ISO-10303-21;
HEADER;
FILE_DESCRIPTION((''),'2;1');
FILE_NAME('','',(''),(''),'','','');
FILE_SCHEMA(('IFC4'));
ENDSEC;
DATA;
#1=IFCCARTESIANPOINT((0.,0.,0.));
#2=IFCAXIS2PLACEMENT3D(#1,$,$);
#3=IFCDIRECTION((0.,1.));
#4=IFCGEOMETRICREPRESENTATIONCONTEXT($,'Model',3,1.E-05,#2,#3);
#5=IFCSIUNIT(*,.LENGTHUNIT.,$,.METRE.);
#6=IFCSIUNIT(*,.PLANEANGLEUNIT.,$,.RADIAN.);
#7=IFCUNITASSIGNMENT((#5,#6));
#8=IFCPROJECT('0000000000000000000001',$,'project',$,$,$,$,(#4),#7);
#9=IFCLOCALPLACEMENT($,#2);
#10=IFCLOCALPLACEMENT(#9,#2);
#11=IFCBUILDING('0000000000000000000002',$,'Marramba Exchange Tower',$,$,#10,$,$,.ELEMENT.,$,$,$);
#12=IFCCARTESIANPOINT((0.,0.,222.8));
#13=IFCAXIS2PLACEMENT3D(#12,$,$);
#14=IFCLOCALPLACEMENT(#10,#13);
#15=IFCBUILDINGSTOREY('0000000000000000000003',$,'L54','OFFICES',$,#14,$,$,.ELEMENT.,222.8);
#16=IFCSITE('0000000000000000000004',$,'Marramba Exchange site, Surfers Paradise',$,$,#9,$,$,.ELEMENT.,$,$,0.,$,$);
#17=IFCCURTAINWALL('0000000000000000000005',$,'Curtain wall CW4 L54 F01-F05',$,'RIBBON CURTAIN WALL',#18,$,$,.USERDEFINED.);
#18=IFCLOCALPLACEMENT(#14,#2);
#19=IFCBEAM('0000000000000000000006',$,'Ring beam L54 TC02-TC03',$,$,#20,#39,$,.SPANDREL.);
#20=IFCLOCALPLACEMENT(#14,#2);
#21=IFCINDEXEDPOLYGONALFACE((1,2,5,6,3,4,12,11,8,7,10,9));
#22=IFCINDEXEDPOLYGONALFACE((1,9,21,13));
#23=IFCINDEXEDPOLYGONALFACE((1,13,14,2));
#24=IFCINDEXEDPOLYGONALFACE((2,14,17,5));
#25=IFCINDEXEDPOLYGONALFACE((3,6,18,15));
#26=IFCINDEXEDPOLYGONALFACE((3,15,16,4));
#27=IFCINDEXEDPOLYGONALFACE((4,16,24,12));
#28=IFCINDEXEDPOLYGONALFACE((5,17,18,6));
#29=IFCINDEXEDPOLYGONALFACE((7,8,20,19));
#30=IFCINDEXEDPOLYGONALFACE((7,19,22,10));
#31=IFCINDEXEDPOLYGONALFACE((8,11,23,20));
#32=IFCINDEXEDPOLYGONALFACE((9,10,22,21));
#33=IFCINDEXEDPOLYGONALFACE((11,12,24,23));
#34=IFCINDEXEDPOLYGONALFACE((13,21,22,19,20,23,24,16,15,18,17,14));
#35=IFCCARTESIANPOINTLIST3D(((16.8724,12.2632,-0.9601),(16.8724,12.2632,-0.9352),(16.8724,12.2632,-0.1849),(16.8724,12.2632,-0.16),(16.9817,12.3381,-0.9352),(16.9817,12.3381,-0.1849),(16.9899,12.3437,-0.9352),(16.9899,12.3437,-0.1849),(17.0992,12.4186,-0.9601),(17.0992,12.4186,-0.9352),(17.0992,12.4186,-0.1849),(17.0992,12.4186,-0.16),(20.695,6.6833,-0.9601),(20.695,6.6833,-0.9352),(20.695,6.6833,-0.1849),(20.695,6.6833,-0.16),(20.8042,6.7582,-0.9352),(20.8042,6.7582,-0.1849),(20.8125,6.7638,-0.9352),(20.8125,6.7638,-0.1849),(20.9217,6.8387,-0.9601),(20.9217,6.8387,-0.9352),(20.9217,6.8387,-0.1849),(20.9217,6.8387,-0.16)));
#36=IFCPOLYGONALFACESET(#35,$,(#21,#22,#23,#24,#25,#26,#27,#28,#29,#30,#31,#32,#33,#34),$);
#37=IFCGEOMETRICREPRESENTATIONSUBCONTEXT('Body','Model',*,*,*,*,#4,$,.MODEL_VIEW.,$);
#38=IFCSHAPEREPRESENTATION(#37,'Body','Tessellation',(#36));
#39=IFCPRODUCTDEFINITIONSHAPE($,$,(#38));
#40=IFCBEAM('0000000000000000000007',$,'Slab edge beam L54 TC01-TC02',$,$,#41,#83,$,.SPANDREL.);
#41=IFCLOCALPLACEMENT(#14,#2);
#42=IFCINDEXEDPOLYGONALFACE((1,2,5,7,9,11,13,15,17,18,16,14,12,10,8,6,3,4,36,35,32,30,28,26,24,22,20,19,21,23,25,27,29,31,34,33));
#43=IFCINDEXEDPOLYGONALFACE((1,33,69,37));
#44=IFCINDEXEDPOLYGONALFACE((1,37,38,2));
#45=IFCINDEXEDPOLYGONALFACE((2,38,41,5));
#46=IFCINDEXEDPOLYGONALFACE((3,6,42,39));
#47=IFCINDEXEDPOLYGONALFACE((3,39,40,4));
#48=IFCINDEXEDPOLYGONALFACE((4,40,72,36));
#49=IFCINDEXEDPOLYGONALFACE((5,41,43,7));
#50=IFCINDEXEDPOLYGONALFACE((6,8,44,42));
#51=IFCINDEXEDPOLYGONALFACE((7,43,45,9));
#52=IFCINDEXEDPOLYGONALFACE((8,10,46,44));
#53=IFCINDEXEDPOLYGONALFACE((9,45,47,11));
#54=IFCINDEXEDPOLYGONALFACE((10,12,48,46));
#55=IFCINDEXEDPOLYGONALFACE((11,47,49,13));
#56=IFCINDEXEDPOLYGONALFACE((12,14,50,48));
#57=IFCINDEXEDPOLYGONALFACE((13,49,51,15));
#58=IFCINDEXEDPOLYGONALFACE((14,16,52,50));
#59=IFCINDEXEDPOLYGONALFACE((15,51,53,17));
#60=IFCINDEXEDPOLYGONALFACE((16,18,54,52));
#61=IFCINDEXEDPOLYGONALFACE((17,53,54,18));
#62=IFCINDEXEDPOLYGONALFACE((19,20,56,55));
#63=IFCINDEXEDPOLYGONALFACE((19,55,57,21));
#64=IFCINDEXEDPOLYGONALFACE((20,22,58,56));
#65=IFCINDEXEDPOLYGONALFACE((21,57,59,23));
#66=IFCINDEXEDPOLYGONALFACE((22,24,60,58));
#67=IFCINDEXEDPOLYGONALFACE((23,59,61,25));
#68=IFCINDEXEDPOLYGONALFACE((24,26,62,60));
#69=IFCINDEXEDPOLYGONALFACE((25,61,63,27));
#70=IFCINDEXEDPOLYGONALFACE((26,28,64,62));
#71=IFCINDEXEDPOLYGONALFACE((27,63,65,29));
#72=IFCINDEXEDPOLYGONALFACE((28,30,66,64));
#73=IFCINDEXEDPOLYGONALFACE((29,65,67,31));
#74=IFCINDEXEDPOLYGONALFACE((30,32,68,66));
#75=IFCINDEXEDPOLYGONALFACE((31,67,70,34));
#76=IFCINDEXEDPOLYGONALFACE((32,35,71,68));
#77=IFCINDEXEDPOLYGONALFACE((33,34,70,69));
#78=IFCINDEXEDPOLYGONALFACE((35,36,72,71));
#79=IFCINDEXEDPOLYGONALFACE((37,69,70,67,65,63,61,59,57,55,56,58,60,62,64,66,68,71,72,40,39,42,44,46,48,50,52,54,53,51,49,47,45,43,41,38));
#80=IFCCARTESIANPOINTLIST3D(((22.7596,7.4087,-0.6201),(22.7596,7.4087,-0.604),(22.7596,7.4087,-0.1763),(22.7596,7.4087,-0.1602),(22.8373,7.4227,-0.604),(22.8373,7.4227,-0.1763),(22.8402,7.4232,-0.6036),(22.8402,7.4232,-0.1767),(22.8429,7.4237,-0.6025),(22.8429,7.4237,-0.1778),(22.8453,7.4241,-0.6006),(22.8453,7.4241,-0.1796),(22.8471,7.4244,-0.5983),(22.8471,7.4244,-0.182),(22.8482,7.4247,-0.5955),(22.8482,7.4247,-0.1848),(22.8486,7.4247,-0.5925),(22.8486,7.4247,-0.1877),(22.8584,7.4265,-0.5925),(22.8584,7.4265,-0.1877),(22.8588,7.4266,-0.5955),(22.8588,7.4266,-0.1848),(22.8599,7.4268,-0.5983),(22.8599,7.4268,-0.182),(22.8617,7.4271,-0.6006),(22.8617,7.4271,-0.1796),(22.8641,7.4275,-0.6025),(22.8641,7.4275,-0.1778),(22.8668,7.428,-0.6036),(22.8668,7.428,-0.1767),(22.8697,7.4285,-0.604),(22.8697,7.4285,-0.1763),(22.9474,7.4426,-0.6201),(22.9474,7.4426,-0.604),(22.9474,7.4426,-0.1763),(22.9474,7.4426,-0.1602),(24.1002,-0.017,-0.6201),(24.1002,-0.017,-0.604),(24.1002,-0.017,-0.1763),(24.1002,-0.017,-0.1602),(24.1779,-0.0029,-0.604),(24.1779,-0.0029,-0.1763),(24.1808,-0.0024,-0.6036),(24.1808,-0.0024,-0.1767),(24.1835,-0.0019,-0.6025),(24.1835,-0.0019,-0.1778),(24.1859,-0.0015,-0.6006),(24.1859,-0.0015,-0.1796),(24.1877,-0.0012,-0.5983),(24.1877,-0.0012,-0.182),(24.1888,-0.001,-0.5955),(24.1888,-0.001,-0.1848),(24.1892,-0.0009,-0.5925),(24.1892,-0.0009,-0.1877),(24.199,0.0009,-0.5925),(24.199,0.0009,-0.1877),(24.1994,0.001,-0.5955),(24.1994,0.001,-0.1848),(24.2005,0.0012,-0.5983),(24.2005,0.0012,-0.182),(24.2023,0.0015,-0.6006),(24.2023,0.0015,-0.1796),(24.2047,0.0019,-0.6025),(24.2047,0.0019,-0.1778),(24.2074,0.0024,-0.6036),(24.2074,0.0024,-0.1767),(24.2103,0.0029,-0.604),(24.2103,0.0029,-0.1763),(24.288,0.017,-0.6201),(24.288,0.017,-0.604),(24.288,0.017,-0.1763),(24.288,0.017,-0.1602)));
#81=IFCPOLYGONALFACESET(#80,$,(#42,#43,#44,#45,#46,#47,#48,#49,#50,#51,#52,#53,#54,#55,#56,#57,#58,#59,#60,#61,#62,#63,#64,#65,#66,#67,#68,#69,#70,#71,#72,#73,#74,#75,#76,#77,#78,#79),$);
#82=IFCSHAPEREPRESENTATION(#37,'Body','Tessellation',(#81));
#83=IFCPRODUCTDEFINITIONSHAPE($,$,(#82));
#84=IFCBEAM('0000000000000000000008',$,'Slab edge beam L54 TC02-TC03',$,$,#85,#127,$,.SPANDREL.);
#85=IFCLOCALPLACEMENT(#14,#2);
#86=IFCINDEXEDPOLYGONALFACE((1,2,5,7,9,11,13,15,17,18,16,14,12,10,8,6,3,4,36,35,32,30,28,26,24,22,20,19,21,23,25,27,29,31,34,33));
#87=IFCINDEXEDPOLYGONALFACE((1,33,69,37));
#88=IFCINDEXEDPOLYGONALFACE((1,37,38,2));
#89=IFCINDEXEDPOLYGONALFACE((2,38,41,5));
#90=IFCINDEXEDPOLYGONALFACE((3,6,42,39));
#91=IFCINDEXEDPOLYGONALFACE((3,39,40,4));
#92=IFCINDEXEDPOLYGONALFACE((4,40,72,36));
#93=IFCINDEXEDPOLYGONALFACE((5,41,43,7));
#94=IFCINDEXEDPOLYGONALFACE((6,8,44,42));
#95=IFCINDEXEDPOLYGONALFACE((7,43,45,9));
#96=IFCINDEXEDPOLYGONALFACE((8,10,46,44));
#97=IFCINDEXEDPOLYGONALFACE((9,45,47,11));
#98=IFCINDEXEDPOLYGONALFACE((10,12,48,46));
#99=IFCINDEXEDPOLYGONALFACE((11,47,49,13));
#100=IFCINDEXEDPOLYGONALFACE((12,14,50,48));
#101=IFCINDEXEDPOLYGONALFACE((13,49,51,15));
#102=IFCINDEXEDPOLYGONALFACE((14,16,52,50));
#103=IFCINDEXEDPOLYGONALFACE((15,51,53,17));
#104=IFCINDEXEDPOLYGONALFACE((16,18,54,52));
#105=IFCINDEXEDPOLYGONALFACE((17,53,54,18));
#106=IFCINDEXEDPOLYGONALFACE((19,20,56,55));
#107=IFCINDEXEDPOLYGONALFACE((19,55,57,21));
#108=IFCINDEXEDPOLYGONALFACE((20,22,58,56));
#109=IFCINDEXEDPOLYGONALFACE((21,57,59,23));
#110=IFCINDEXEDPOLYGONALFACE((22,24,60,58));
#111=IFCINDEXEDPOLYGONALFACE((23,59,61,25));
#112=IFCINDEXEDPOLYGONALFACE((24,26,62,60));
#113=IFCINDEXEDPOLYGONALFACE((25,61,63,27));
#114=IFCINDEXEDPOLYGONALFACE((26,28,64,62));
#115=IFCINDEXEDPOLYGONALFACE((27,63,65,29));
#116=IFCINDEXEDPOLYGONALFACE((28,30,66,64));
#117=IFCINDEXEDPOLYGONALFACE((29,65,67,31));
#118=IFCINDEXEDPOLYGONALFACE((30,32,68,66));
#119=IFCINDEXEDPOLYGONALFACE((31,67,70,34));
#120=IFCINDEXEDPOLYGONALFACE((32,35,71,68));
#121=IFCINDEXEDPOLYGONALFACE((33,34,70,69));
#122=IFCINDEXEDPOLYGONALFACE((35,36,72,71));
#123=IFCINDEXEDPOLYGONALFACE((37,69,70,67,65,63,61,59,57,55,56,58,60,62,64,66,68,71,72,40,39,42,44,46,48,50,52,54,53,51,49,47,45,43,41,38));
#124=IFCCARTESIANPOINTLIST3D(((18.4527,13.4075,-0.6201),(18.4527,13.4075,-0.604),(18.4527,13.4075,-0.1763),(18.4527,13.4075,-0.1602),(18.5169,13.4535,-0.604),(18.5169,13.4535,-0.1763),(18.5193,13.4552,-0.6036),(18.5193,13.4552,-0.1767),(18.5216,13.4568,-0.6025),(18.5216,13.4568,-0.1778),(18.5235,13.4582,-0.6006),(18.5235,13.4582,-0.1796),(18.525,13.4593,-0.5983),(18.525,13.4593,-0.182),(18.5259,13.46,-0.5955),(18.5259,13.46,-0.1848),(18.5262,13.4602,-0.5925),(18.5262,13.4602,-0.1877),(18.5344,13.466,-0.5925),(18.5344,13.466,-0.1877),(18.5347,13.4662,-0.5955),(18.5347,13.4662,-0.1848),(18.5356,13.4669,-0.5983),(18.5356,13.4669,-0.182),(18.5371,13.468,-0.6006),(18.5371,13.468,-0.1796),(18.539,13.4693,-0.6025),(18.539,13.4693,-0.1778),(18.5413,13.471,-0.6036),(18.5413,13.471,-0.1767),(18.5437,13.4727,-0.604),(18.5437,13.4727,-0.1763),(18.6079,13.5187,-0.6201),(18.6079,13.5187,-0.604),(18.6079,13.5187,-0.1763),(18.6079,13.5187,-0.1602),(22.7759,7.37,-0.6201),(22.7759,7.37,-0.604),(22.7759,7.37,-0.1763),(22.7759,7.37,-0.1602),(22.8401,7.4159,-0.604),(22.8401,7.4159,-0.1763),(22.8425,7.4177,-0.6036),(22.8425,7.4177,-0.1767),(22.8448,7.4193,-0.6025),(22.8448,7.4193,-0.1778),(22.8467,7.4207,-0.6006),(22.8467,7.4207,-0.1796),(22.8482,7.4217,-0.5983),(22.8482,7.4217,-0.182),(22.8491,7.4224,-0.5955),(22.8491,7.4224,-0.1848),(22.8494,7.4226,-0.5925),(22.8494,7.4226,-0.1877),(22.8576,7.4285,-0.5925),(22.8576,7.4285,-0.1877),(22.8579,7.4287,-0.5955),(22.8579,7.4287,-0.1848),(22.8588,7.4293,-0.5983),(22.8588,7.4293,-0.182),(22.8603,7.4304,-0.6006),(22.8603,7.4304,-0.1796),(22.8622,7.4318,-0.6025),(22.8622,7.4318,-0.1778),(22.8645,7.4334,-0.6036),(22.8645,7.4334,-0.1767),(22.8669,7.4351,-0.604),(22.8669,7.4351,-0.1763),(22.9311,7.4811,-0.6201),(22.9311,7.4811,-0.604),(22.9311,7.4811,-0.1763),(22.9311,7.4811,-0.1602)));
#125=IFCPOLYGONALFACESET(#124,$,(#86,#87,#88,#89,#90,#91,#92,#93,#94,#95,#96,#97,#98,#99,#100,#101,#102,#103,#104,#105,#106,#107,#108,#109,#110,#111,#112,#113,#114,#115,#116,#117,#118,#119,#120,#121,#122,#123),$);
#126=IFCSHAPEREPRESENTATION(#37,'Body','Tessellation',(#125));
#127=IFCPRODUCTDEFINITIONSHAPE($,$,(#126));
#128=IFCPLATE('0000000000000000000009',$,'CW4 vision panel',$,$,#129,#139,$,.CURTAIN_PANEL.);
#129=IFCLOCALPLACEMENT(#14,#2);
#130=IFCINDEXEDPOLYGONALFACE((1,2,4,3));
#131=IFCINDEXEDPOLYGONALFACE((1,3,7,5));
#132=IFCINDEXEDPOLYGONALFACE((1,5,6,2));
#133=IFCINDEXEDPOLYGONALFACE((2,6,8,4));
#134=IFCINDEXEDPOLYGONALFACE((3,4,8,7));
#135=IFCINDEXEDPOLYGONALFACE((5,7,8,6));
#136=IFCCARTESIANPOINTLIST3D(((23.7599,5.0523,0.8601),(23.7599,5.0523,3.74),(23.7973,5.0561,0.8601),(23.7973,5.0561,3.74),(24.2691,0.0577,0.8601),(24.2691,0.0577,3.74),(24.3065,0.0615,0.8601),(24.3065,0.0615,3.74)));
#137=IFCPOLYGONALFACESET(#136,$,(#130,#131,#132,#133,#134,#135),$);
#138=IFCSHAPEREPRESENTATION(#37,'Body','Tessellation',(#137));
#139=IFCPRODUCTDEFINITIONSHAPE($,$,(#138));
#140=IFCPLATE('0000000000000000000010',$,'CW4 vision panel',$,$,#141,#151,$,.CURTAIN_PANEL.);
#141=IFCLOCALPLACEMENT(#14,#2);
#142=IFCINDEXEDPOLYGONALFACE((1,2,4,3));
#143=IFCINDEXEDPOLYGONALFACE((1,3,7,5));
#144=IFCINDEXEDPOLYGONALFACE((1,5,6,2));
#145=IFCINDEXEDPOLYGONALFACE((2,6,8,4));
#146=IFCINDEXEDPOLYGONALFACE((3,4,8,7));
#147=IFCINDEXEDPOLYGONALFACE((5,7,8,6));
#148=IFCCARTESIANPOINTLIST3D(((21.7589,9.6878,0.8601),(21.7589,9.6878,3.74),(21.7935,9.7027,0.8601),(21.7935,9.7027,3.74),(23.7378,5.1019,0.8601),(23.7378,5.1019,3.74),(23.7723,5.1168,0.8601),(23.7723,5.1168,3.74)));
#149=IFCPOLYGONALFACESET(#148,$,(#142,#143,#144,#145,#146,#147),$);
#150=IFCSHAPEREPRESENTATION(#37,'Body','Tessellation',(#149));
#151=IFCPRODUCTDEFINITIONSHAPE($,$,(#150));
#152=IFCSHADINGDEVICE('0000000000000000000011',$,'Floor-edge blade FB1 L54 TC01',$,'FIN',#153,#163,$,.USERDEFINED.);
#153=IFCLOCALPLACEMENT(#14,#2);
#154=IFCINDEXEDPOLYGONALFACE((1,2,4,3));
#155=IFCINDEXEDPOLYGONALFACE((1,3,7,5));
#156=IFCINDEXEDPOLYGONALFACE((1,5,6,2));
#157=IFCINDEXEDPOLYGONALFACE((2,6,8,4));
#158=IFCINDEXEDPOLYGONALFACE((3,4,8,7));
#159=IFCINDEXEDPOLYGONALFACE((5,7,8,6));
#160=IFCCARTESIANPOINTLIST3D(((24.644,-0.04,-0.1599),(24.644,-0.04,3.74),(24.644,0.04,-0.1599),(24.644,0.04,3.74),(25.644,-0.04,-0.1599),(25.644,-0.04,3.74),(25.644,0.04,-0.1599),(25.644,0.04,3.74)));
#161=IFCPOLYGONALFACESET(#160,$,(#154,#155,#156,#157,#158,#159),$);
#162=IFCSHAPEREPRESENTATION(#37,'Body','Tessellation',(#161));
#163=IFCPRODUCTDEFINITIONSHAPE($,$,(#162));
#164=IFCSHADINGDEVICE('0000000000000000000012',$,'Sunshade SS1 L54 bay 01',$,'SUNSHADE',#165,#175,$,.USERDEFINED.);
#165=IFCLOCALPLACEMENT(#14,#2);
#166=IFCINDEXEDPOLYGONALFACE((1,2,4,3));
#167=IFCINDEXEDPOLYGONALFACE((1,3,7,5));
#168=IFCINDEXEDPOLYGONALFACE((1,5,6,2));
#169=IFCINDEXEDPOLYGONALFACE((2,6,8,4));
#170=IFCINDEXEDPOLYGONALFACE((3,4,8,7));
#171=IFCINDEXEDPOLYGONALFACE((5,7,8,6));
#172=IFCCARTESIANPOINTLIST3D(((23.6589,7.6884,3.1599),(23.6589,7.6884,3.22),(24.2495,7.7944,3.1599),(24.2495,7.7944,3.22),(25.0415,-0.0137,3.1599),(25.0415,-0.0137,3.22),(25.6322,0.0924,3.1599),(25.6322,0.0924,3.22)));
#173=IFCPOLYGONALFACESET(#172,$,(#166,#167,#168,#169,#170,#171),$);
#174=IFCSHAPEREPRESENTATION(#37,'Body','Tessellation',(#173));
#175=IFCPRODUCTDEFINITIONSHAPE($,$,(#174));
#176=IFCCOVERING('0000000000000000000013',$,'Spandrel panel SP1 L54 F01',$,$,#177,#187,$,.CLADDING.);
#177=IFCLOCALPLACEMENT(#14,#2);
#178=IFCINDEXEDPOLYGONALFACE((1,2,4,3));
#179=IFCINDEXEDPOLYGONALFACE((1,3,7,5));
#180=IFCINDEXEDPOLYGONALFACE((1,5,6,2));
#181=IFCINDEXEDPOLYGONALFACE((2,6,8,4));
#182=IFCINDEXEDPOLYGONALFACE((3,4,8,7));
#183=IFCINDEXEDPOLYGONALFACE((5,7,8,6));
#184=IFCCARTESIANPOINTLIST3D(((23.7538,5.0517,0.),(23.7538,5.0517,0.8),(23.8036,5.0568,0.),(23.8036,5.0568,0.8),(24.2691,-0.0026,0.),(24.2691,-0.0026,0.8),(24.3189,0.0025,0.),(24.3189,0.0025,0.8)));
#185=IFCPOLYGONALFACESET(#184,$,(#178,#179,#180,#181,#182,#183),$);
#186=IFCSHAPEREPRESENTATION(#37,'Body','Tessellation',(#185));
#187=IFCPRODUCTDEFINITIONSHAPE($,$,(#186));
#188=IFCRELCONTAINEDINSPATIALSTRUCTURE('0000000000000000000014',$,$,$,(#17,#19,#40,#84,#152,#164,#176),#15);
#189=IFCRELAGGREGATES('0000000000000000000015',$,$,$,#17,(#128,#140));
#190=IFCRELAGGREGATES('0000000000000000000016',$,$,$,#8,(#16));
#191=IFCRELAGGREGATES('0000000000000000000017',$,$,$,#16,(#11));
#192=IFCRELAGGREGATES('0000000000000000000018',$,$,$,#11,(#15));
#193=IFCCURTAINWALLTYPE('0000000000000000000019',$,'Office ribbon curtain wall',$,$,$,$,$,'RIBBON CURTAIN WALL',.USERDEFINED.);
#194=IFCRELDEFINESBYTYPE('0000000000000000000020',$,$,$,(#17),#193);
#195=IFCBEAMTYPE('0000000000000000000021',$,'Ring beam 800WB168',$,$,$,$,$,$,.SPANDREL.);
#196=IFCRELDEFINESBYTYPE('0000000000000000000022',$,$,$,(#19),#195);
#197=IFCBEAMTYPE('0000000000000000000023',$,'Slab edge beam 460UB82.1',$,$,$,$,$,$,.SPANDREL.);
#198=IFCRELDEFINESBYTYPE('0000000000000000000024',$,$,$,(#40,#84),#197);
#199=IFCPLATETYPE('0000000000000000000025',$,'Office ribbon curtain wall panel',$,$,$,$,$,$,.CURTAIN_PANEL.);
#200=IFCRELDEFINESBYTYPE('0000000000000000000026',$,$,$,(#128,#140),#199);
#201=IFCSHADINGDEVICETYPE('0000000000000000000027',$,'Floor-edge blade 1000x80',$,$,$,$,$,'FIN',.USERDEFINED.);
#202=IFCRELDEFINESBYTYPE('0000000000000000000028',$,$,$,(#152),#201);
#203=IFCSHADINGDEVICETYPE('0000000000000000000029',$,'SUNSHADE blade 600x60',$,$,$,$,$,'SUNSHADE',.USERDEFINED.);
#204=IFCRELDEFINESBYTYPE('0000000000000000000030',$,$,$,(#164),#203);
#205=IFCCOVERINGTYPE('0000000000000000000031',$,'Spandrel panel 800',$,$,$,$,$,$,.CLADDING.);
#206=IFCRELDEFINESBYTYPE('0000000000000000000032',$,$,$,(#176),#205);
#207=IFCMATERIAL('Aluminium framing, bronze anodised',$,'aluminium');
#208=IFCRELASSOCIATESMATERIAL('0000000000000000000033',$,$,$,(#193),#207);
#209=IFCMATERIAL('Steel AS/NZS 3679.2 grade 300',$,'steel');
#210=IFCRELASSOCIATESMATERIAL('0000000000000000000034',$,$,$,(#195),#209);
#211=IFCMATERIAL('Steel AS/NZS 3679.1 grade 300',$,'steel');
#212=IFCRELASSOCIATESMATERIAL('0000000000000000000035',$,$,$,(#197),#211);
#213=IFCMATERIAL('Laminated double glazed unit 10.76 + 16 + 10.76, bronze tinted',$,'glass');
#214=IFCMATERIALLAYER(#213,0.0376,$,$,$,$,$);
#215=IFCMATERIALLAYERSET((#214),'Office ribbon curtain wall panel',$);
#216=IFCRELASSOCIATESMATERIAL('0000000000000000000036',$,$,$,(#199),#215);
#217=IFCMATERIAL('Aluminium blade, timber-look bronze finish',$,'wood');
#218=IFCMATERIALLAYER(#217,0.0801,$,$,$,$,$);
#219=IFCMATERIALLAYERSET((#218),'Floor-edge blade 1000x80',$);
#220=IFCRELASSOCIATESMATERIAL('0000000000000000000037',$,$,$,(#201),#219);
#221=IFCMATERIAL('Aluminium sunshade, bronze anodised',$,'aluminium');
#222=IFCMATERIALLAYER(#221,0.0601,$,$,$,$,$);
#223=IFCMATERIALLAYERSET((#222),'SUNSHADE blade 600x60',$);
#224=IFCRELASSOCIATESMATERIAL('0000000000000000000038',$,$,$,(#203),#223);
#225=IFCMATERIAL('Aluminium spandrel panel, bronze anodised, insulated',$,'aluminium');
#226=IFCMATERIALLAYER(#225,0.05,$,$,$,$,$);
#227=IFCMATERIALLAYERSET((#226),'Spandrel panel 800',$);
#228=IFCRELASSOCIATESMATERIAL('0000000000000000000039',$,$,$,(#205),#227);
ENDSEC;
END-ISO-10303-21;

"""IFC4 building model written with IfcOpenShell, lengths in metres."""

from ifc_helpers import new_model, si_unit, direction, frame, origin, origin_2d, place, context, subcontext, project, spatial, rectangle, i_section, extrude, material, layer, layer_set, material_profile, profile_set, type_object, element, aggregate, save


model = new_model("IFC4")

# Units and contexts
model_context = context("Model", 3, precision=1e-05, world=origin(), true_north=direction((0.0, 1.0)))
body_context = subcontext(model_context, "Body", "Model", "MODEL_VIEW")
ifc_project = project(units=[si_unit("LENGTHUNIT", "METRE"), si_unit("PLANEANGLEUNIT", "RADIAN")], contexts=[model_context])

# Site, building, storey
site_placement = place(None, origin())
site = spatial("IfcSite", under=ifc_project, at=site_placement, Name="Marramba Exchange site, Surfers Paradise", CompositionType="ELEMENT", RefElevation=0.0)
building_placement = place(site_placement, origin())
building = spatial("IfcBuilding", under=site, at=building_placement, Name="Marramba Exchange Tower", CompositionType="ELEMENT")
storey_placement = place(building_placement, frame((0.0, 0.0, 222.8)))
storey = spatial("IfcBuildingStorey", under=building, at=storey_placement, Name="L54", Description="OFFICES", CompositionType="ELEMENT", Elevation=222.8)

# Shared definitions
ifc_material_1 = material(Name="Steel AS/NZS 3679.2 grade 300", Category="steel")
ifc_material_2 = material(Name="Steel AS/NZS 3679.1 grade 300", Category="steel")

# Curtain wall
ifc_material_3 = material(Name="Aluminium framing, bronze anodised", Category="aluminium")
curtain_wall_type = type_object("IfcCurtainWallType", Name="Office ribbon curtain wall", ElementType="RIBBON CURTAIN WALL", PredefinedType="USERDEFINED", material=ifc_material_3)
curtain_wall_placement = place(storey_placement, origin())
curtain_wall = element("IfcCurtainWall", 1, at=curtain_wall_placement, inside=storey, type_object=curtain_wall_type, Name="Curtain wall CW4 L54 F01-F05", ObjectType="RIBBON CURTAIN WALL", PredefinedType="USERDEFINED")

# Beams
ifc_material_profile_1 = material_profile(ifc_material_1, i_section(OverallWidth=0.2749, OverallDepth=0.8, WebThickness=0.01, FlangeThickness=0.0249, at=origin_2d()), Name="800WB168")
ifc_profile_set_1 = profile_set([ifc_material_profile_1], Name="Steel AS/NZS 3679.2 grade 300")
beam_type_1 = type_object("IfcBeamType", Name="Ring beam 800WB168", PredefinedType="SPANDREL", material=ifc_profile_set_1)
beam_1_placement = place(storey_placement, frame((20.8083, 6.761, -0.5601), z_axis=(-0.56516, 0.824981, 0.0), x_axis=(-0.824981, -0.56516, 0.0)))
element("IfcBeam", 2, at=beam_1_placement, inside=storey, type_object=beam_type_1, Name="Ring beam L54 TC02-TC03", PredefinedType="SPANDREL", context=body_context, shape_type="SweptSolid", body=[
    extrude(i_section(OverallWidth=0.2749, OverallDepth=0.8, WebThickness=0.01, FlangeThickness=0.0249, at=origin_2d()), origin(), (0.0, 0.0, 1.0), 6.7637),
])
ifc_material_profile_2 = material_profile(ifc_material_2, i_section(OverallWidth=0.1909, OverallDepth=0.46, WebThickness=0.01, FlangeThickness=0.0161, FilletRadius=0.0115, at=origin_2d()), Name="460UB82.1")
ifc_profile_set_2 = profile_set([ifc_material_profile_2], Name="Steel AS/NZS 3679.1 grade 300")
beam_type_2 = type_object("IfcBeamType", Name="Slab edge beam 460UB82.1", PredefinedType="SPANDREL", material=ifc_profile_set_2)
beam_2_placement = place(storey_placement, frame((24.1941, 0.0, -0.3901), z_axis=(-0.177664, 0.984091, 0.0), x_axis=(-0.984091, -0.177664, 0.0)))
element("IfcBeam", 3, at=beam_2_placement, inside=storey, type_object=beam_type_2, Name="Slab edge beam L54 TC01-TC02", PredefinedType="SPANDREL", context=body_context, shape_type="SweptSolid", body=[
    extrude(i_section(OverallWidth=0.1909, OverallDepth=0.46, WebThickness=0.01, FlangeThickness=0.0161, FilletRadius=0.0115, at=origin_2d()), origin(), (0.0, 0.0, 1.0), 7.5457),
])
beam_3_placement = place(storey_placement, frame((22.8535, 7.4255, -0.3901), z_axis=(-0.582189, 0.813053, 0.0), x_axis=(-0.813053, -0.582189, 0.0)))
element("IfcBeam", 4, at=beam_3_placement, inside=storey, type_object=beam_type_2, Name="Slab edge beam L54 TC02-TC03", PredefinedType="SPANDREL", context=body_context, shape_type="SweptSolid", body=[
    extrude(i_section(OverallWidth=0.1909, OverallDepth=0.46, WebThickness=0.01, FlangeThickness=0.0161, FilletRadius=0.0115, at=origin_2d()), origin(), (0.0, 0.0, 1.0), 7.4258),
])

# Plates
ifc_material_4 = material(Name="Laminated double glazed unit 10.76 + 16 + 10.76, bronze tinted", Category="glass")
ifc_layer_1 = layer(ifc_material_4, 0.0376)
ifc_layer_set_1 = layer_set([ifc_layer_1], Name="Office ribbon curtain wall panel")
plate_type = type_object("IfcPlateType", Name="Office ribbon curtain wall panel", PredefinedType="CURTAIN_PANEL", material=ifc_layer_set_1)
plate_1_placement = place(storey_placement, frame((24.0332, 2.5569, 0.8601), z_axis=(0.0, 0.0, 1.0), x_axis=(-0.101422, 0.994843, 0.0)))
plate_1 = element("IfcPlate", 5, at=plate_1_placement, type_object=plate_type, Name="CW4 vision panel", PredefinedType="CURTAIN_PANEL", context=body_context, shape_type="SweptSolid", body=[
    extrude(rectangle(XDim=5.0205, YDim=0.0376, at=origin_2d()), origin(), (0.0, 0.0, 1.0), 2.8799),
])
plate_2_placement = place(storey_placement, frame((22.7656, 7.4023, 0.8601), z_axis=(0.0, 0.0, 1.0), x_axis=(-0.396193, 0.918167, 0.0)))
plate_2 = element("IfcPlate", 6, at=plate_2_placement, type_object=plate_type, Name="CW4 vision panel", PredefinedType="CURTAIN_PANEL", context=body_context, shape_type="SweptSolid", body=[
    extrude(rectangle(XDim=4.9946, YDim=0.0376, at=origin_2d()), origin(), (0.0, 0.0, 1.0), 2.8799),
])
aggregate(curtain_wall, [plate_1, plate_2])

# Shading devices
ifc_material_5 = material(Name="Aluminium blade, timber-look bronze finish", Category="wood")
ifc_layer_2 = layer(ifc_material_5, 0.0801)
ifc_layer_set_2 = layer_set([ifc_layer_2], Name="Floor-edge blade 1000x80")
shading_device_type_1 = type_object("IfcShadingDeviceType", Name="Floor-edge blade 1000x80", ElementType="FIN", PredefinedType="USERDEFINED", material=ifc_layer_set_2)
shading_device_1_placement = place(storey_placement, frame((25.144, 0.0, -0.1599), z_axis=(0.0, 0.0, 1.0), x_axis=(1.0, 0.0, 0.0)))
element("IfcShadingDevice", 7, at=shading_device_1_placement, inside=storey, type_object=shading_device_type_1, Name="Floor-edge blade FB1 L54 TC01", ObjectType="FIN", PredefinedType="USERDEFINED", context=body_context, shape_type="SweptSolid", body=[
    extrude(rectangle(XDim=1.0, YDim=0.0801, at=origin_2d()), origin(), (0.0, 0.0, 1.0), 3.8999),
])
ifc_material_6 = material(Name="Aluminium sunshade, bronze anodised", Category="aluminium")
ifc_layer_3 = layer(ifc_material_6, 0.0601)
ifc_layer_set_3 = layer_set([ifc_layer_3], Name="SUNSHADE blade 600x60")
shading_device_type_2 = type_object("IfcShadingDeviceType", Name="SUNSHADE blade 600x60", ElementType="SUNSHADE", PredefinedType="USERDEFINED", material=ifc_layer_set_3)
shading_device_2_placement = place(storey_placement, frame((24.6455, 3.8904, 3.1599), z_axis=(0.0, 0.0, 1.0), x_axis=(-0.176691, 0.984266, 0.0)))
element("IfcShadingDevice", 8, at=shading_device_2_placement, inside=storey, type_object=shading_device_type_2, Name="Sunshade SS1 L54 bay 01", ObjectType="SUNSHADE", PredefinedType="USERDEFINED", context=body_context, shape_type="SweptSolid", body=[
    extrude(rectangle(XDim=7.8252, YDim=0.6001, at=origin_2d()), origin(), (0.0, 0.0, 1.0), 0.0601),
])

# Covering
ifc_material_7 = material(Name="Aluminium spandrel panel, bronze anodised, insulated", Category="aluminium")
ifc_layer_4 = layer(ifc_material_7, 0.05)
ifc_layer_set_4 = layer_set([ifc_layer_4], Name="Spandrel panel 800")
covering_type = type_object("IfcCoveringType", Name="Spandrel panel 800", PredefinedType="CLADDING", material=ifc_layer_set_4)
covering_1_placement = place(storey_placement, frame((24.0364, 2.5271, 0.0), z_axis=(0.0, 0.0, 1.0), x_axis=(-0.101422, 0.994843, 0.0)))
element("IfcCovering", 9, at=covering_1_placement, inside=storey, type_object=covering_type, Name="Spandrel panel SP1 L54 F01", PredefinedType="CLADDING", context=body_context, shape_type="SweptSolid", body=[
    extrude(rectangle(XDim=5.0806, YDim=0.05, at=origin_2d()), origin(), (0.0, 0.0, 1.0), 0.8),
])

save(model, "model.ifc")
